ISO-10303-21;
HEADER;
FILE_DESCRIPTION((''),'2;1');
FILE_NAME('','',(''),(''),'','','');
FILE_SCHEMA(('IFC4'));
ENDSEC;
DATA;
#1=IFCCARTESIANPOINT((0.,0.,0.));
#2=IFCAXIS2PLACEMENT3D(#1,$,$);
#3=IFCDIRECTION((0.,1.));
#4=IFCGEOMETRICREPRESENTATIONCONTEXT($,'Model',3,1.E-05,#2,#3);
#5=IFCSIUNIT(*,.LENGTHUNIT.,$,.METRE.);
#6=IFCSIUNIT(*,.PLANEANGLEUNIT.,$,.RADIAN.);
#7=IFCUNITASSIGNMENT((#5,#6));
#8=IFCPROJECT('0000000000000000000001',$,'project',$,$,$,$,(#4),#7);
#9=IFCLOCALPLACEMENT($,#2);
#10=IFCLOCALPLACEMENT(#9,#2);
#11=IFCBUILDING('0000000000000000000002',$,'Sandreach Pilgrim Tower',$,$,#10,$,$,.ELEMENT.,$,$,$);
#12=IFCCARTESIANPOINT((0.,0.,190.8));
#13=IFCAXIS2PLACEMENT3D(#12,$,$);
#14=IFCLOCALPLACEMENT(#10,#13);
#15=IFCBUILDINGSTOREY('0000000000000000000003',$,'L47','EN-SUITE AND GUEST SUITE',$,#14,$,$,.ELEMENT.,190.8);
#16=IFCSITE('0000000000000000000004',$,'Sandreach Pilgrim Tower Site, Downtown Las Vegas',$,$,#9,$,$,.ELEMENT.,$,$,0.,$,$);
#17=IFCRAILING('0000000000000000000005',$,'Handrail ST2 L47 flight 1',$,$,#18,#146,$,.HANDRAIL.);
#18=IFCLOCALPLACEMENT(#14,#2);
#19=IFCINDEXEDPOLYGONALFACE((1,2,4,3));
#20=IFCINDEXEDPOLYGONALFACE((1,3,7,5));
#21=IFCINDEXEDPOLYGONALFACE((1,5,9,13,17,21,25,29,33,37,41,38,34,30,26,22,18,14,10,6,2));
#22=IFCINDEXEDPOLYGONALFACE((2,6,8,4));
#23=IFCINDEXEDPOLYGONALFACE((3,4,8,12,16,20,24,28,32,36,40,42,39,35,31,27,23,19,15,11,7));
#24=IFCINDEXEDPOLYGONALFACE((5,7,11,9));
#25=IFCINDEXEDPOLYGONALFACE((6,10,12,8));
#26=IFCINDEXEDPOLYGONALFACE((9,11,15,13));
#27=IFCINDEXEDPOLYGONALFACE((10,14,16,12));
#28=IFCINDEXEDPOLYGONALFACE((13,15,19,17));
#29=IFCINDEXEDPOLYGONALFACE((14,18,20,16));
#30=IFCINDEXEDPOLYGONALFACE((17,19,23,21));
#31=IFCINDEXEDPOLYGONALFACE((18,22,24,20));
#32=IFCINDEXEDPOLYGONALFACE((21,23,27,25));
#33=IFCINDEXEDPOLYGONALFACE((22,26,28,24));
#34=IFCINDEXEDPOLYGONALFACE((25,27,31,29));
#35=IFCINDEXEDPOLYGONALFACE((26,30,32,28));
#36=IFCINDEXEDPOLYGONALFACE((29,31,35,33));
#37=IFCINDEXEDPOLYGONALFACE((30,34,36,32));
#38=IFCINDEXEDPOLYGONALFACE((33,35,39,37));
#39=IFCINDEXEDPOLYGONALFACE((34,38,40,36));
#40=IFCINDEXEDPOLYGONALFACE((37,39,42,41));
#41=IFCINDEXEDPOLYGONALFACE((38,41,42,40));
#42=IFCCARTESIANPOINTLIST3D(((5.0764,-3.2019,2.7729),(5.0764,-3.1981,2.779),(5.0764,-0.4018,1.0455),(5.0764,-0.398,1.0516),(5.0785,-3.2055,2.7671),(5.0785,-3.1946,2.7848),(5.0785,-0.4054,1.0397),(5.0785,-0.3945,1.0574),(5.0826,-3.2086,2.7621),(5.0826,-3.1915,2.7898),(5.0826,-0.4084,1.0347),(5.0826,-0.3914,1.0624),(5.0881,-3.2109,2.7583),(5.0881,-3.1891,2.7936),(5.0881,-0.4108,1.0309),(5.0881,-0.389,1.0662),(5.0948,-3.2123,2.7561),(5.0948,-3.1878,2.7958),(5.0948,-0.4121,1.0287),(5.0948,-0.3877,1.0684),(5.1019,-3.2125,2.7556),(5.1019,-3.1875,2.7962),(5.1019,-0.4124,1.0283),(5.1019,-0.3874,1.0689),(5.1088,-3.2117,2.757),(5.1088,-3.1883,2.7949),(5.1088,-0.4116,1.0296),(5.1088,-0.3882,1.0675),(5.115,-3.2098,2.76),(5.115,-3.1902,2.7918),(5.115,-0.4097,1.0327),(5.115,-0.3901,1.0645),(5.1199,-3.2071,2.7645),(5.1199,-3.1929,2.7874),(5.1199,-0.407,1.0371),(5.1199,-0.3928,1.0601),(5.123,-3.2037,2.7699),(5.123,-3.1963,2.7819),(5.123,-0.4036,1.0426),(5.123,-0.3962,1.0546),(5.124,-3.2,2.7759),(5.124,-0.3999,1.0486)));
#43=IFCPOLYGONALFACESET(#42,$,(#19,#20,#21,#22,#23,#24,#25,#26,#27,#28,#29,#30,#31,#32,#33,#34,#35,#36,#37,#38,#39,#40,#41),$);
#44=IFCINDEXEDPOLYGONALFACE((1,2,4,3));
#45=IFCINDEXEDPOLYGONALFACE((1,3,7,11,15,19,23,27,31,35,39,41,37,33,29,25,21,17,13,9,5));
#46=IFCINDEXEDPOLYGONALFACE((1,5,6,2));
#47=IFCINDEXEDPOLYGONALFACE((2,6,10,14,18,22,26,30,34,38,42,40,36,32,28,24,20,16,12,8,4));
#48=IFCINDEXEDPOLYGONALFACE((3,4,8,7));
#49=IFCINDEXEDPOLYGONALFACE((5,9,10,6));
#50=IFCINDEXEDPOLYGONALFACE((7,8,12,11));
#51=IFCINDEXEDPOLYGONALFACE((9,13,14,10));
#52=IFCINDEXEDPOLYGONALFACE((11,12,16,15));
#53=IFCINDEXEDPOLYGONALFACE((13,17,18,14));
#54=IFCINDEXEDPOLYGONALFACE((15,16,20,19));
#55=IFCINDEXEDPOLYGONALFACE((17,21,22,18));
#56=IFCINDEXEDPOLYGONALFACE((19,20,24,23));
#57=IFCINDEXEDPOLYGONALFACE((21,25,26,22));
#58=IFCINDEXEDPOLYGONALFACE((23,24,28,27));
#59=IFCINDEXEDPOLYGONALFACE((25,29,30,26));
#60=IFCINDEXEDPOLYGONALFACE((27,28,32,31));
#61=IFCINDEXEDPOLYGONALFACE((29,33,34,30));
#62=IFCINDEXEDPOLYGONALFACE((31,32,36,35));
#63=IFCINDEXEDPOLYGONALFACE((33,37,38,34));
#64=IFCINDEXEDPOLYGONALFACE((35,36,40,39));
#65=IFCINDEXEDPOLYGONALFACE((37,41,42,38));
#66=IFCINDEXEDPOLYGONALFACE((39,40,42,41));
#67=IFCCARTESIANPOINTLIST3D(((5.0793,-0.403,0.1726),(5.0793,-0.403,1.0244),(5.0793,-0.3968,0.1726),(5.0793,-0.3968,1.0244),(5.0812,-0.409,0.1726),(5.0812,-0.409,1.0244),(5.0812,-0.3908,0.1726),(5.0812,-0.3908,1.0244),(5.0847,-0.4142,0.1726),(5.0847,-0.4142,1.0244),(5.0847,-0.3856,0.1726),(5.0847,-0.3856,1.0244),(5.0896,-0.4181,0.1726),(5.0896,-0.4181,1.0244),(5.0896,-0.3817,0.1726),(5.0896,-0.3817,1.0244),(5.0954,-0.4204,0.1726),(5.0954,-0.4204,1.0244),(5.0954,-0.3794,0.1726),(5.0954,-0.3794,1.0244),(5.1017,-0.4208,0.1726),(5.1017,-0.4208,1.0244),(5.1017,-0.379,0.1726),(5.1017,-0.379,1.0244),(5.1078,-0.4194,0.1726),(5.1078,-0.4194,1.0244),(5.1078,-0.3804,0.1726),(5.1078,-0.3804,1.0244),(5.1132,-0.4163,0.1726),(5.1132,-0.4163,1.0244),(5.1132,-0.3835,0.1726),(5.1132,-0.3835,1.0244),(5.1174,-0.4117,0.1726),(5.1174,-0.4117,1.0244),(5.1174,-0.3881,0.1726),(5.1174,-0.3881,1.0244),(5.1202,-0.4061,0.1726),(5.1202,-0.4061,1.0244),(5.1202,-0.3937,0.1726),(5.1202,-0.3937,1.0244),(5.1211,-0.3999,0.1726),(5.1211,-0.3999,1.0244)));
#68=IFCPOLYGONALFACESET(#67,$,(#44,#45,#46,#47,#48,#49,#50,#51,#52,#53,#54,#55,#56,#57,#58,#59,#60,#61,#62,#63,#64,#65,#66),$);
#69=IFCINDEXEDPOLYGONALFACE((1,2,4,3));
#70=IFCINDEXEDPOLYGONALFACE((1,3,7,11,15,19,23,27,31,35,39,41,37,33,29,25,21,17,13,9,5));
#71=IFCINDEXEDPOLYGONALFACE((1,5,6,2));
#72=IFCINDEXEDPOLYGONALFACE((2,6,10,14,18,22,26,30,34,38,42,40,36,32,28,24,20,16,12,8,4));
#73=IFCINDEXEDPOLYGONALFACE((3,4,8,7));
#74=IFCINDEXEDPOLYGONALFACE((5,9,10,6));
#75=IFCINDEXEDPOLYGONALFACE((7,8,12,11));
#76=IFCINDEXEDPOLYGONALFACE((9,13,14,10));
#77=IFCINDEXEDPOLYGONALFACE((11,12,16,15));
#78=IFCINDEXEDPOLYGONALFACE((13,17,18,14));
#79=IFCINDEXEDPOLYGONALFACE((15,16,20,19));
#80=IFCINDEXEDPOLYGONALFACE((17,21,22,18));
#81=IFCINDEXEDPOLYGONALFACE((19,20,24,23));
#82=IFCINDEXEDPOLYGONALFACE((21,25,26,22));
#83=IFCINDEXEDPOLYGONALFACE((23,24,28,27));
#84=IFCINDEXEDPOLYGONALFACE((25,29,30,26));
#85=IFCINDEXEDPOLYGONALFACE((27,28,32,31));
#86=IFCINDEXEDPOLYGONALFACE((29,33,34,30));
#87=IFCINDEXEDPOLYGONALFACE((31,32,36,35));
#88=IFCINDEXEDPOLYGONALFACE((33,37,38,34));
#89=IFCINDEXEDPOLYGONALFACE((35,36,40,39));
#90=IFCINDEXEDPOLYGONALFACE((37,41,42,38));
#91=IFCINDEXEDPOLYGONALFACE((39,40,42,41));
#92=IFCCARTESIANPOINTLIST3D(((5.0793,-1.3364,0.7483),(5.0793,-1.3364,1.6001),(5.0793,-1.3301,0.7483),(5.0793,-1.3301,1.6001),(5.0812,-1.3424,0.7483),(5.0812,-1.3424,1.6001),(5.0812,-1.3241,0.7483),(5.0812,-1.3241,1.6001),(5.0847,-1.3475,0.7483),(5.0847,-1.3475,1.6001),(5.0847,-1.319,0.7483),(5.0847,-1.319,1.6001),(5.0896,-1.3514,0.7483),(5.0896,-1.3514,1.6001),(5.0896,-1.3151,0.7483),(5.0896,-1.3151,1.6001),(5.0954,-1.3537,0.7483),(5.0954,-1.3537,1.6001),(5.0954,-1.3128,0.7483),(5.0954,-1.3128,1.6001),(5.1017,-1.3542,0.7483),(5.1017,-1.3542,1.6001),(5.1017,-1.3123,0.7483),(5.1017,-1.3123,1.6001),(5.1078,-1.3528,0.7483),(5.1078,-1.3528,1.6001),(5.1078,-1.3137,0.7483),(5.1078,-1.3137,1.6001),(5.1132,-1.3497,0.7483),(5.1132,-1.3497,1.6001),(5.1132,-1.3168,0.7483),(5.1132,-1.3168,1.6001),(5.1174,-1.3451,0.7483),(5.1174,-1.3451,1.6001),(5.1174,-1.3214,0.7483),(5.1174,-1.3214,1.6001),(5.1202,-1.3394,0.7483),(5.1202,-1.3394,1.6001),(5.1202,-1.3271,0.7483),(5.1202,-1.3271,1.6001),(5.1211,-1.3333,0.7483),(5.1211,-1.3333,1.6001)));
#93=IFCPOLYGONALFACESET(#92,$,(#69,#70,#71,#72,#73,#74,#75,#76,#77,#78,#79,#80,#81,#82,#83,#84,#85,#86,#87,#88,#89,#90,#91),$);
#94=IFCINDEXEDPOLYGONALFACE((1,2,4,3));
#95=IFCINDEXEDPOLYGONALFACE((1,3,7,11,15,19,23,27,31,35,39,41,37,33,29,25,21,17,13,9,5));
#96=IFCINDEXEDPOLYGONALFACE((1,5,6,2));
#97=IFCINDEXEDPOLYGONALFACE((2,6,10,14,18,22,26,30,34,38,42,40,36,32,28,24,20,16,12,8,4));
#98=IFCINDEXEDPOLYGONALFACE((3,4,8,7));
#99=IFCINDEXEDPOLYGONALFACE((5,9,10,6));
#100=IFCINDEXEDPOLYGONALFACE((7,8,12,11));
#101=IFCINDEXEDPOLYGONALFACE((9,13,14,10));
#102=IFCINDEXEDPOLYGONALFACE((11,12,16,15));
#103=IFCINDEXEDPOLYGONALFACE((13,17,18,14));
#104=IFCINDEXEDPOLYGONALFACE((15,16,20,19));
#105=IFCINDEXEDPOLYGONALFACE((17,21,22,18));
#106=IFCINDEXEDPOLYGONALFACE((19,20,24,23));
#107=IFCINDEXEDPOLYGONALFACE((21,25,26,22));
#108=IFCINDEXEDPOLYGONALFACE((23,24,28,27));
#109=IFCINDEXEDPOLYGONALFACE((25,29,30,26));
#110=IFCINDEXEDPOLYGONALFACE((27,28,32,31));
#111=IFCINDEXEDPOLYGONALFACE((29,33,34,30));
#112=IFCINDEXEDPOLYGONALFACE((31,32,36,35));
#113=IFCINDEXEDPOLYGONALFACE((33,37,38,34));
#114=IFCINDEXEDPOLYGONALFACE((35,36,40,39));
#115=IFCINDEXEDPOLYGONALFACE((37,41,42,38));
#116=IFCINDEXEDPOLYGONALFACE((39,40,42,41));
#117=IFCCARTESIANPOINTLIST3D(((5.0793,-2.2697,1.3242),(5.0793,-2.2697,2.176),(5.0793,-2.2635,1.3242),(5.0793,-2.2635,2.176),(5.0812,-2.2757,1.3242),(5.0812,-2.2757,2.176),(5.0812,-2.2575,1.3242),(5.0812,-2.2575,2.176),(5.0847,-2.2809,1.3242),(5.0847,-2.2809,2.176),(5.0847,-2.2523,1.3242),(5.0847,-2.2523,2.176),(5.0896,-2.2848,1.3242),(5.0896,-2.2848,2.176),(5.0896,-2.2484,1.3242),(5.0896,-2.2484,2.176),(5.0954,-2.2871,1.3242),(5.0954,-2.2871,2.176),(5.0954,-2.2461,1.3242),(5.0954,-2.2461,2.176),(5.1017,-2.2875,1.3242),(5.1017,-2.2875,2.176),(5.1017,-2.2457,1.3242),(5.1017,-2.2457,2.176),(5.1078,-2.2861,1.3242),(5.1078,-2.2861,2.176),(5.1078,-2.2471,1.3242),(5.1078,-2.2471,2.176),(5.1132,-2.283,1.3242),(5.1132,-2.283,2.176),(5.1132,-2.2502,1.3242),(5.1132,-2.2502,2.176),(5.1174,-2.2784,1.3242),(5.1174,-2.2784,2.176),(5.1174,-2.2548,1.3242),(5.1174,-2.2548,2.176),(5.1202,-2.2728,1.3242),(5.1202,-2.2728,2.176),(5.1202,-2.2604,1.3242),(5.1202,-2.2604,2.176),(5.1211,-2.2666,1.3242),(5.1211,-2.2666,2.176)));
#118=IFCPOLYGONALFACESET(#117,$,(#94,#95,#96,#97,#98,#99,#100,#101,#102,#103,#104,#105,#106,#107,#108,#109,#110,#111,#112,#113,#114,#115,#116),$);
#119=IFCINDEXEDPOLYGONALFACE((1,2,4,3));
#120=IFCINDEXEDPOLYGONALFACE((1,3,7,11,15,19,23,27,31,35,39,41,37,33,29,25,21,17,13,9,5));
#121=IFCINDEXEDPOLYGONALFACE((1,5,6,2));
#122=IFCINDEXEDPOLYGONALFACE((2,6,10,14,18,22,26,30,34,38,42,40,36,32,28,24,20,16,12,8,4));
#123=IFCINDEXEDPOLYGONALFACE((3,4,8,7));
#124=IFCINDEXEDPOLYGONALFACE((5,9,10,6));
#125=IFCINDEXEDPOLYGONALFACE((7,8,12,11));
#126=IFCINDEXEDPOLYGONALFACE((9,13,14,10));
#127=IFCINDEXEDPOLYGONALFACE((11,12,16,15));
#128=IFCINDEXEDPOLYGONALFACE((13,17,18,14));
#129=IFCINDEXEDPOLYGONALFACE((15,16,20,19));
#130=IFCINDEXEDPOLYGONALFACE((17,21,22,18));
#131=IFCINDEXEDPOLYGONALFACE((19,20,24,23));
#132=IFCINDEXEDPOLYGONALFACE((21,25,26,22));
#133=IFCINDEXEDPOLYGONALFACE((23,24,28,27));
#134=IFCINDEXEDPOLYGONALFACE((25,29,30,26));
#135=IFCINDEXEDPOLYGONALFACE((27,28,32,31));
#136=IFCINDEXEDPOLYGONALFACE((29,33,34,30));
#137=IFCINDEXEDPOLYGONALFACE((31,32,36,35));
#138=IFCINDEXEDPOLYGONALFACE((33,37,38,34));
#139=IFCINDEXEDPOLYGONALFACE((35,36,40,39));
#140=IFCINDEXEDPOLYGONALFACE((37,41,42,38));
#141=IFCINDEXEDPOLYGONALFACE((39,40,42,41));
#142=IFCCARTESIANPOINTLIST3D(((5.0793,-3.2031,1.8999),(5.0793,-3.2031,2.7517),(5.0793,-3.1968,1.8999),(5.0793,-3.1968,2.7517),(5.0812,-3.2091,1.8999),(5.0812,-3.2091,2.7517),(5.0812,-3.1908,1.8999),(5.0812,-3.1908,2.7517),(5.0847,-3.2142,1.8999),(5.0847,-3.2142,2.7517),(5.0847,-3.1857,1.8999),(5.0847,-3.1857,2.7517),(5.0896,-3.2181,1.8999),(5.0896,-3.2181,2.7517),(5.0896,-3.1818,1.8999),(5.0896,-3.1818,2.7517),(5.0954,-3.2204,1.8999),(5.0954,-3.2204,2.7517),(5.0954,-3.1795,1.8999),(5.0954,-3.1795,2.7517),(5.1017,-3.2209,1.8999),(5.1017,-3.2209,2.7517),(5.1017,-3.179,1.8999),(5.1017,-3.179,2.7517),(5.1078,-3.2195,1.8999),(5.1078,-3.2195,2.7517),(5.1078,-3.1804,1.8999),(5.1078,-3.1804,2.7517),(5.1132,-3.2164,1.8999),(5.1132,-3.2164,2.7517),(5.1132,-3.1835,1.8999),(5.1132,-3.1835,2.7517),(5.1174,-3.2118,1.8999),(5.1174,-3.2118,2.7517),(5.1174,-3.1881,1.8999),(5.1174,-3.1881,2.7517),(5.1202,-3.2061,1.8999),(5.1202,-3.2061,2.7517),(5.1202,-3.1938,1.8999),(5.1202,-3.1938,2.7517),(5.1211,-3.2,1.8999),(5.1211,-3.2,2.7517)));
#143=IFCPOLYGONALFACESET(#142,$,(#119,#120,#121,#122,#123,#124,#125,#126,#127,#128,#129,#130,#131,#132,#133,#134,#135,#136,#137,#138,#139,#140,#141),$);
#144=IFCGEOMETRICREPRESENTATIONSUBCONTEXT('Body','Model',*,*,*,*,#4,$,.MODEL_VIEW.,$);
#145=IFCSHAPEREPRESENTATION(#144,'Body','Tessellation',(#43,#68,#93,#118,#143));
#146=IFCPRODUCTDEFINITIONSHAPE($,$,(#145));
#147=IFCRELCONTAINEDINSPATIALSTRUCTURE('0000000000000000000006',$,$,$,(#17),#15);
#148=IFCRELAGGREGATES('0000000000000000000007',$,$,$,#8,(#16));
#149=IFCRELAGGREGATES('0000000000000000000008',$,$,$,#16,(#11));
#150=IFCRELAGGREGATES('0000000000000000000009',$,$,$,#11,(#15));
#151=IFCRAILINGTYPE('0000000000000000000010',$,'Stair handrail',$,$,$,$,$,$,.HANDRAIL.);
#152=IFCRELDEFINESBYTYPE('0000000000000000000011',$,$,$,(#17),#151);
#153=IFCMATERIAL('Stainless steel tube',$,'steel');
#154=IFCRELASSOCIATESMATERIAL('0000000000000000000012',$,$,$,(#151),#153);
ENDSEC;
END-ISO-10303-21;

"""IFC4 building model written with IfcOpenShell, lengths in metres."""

from ifc_helpers import new_model, si_unit, direction, frame, origin, origin_2d, place, context, subcontext, project, spatial, circle, extrude, material, type_object, element, save


model = new_model("IFC4")

# Units and contexts
model_context = context("Model", 3, precision=1e-05, world=origin(), true_north=direction((0.0, 1.0)))
body_context = subcontext(model_context, "Body", "Model", "MODEL_VIEW")
ifc_project = project(units=[si_unit("LENGTHUNIT", "METRE"), si_unit("PLANEANGLEUNIT", "RADIAN")], contexts=[model_context])

# Site, building, storey
site_placement = place(None, origin())
site = spatial("IfcSite", under=ifc_project, at=site_placement, Name="Sandreach Pilgrim Tower Site, Downtown Las Vegas", CompositionType="ELEMENT", RefElevation=0.0)
building_placement = place(site_placement, origin())
building = spatial("IfcBuilding", under=site, at=building_placement, Name="Sandreach Pilgrim Tower", CompositionType="ELEMENT")
storey_placement = place(building_placement, frame((0.0, 0.0, 190.8)))
storey = spatial("IfcBuildingStorey", under=building, at=storey_placement, Name="L47", Description="EN-SUITE AND GUEST SUITE", CompositionType="ELEMENT", Elevation=190.8)

# Railing
ifc_material_1 = material(Name="Stainless steel tube", Category="steel")
railing_type = type_object("IfcRailingType", Name="Stair handrail", PredefinedType="HANDRAIL", material=ifc_material_1)
for number, where, name in (
    (1, (5.1001, -0.3999, 0.1726), "Handrail ST2 L47 flight 1"),
):
    element("IfcRailing", number, at=place(storey_placement, frame(where)), inside=storey, type_object=railing_type, Name=name, PredefinedType="HANDRAIL", context=body_context, shape_type="SweptSolid", body=[
        extrude(circle(Radius=0.0239, at=origin_2d()), frame((0.0, 0.0, 0.876), z_axis=(0.0, -0.85109, 0.52502), x_axis=(1.0, 0.0, 0.0)), (0.0, 0.0, 1.0), 3.29),
        extrude(circle(Radius=0.021, at=origin_2d()), origin(), (0.0, 0.0, 1.0), 0.8518),
        extrude(circle(Radius=0.021, at=origin_2d()), frame((0.0, -0.9333, 0.5757)), (0.0, 0.0, 1.0), 0.8518),
        extrude(circle(Radius=0.021, at=origin_2d()), frame((0.0, -1.8667, 1.1516)), (0.0, 0.0, 1.0), 0.8518),
        extrude(circle(Radius=0.021, at=origin_2d()), frame((0.0, -2.8, 1.7273)), (0.0, 0.0, 1.0), 0.8518),
    ])

save(model, "model.ifc")
